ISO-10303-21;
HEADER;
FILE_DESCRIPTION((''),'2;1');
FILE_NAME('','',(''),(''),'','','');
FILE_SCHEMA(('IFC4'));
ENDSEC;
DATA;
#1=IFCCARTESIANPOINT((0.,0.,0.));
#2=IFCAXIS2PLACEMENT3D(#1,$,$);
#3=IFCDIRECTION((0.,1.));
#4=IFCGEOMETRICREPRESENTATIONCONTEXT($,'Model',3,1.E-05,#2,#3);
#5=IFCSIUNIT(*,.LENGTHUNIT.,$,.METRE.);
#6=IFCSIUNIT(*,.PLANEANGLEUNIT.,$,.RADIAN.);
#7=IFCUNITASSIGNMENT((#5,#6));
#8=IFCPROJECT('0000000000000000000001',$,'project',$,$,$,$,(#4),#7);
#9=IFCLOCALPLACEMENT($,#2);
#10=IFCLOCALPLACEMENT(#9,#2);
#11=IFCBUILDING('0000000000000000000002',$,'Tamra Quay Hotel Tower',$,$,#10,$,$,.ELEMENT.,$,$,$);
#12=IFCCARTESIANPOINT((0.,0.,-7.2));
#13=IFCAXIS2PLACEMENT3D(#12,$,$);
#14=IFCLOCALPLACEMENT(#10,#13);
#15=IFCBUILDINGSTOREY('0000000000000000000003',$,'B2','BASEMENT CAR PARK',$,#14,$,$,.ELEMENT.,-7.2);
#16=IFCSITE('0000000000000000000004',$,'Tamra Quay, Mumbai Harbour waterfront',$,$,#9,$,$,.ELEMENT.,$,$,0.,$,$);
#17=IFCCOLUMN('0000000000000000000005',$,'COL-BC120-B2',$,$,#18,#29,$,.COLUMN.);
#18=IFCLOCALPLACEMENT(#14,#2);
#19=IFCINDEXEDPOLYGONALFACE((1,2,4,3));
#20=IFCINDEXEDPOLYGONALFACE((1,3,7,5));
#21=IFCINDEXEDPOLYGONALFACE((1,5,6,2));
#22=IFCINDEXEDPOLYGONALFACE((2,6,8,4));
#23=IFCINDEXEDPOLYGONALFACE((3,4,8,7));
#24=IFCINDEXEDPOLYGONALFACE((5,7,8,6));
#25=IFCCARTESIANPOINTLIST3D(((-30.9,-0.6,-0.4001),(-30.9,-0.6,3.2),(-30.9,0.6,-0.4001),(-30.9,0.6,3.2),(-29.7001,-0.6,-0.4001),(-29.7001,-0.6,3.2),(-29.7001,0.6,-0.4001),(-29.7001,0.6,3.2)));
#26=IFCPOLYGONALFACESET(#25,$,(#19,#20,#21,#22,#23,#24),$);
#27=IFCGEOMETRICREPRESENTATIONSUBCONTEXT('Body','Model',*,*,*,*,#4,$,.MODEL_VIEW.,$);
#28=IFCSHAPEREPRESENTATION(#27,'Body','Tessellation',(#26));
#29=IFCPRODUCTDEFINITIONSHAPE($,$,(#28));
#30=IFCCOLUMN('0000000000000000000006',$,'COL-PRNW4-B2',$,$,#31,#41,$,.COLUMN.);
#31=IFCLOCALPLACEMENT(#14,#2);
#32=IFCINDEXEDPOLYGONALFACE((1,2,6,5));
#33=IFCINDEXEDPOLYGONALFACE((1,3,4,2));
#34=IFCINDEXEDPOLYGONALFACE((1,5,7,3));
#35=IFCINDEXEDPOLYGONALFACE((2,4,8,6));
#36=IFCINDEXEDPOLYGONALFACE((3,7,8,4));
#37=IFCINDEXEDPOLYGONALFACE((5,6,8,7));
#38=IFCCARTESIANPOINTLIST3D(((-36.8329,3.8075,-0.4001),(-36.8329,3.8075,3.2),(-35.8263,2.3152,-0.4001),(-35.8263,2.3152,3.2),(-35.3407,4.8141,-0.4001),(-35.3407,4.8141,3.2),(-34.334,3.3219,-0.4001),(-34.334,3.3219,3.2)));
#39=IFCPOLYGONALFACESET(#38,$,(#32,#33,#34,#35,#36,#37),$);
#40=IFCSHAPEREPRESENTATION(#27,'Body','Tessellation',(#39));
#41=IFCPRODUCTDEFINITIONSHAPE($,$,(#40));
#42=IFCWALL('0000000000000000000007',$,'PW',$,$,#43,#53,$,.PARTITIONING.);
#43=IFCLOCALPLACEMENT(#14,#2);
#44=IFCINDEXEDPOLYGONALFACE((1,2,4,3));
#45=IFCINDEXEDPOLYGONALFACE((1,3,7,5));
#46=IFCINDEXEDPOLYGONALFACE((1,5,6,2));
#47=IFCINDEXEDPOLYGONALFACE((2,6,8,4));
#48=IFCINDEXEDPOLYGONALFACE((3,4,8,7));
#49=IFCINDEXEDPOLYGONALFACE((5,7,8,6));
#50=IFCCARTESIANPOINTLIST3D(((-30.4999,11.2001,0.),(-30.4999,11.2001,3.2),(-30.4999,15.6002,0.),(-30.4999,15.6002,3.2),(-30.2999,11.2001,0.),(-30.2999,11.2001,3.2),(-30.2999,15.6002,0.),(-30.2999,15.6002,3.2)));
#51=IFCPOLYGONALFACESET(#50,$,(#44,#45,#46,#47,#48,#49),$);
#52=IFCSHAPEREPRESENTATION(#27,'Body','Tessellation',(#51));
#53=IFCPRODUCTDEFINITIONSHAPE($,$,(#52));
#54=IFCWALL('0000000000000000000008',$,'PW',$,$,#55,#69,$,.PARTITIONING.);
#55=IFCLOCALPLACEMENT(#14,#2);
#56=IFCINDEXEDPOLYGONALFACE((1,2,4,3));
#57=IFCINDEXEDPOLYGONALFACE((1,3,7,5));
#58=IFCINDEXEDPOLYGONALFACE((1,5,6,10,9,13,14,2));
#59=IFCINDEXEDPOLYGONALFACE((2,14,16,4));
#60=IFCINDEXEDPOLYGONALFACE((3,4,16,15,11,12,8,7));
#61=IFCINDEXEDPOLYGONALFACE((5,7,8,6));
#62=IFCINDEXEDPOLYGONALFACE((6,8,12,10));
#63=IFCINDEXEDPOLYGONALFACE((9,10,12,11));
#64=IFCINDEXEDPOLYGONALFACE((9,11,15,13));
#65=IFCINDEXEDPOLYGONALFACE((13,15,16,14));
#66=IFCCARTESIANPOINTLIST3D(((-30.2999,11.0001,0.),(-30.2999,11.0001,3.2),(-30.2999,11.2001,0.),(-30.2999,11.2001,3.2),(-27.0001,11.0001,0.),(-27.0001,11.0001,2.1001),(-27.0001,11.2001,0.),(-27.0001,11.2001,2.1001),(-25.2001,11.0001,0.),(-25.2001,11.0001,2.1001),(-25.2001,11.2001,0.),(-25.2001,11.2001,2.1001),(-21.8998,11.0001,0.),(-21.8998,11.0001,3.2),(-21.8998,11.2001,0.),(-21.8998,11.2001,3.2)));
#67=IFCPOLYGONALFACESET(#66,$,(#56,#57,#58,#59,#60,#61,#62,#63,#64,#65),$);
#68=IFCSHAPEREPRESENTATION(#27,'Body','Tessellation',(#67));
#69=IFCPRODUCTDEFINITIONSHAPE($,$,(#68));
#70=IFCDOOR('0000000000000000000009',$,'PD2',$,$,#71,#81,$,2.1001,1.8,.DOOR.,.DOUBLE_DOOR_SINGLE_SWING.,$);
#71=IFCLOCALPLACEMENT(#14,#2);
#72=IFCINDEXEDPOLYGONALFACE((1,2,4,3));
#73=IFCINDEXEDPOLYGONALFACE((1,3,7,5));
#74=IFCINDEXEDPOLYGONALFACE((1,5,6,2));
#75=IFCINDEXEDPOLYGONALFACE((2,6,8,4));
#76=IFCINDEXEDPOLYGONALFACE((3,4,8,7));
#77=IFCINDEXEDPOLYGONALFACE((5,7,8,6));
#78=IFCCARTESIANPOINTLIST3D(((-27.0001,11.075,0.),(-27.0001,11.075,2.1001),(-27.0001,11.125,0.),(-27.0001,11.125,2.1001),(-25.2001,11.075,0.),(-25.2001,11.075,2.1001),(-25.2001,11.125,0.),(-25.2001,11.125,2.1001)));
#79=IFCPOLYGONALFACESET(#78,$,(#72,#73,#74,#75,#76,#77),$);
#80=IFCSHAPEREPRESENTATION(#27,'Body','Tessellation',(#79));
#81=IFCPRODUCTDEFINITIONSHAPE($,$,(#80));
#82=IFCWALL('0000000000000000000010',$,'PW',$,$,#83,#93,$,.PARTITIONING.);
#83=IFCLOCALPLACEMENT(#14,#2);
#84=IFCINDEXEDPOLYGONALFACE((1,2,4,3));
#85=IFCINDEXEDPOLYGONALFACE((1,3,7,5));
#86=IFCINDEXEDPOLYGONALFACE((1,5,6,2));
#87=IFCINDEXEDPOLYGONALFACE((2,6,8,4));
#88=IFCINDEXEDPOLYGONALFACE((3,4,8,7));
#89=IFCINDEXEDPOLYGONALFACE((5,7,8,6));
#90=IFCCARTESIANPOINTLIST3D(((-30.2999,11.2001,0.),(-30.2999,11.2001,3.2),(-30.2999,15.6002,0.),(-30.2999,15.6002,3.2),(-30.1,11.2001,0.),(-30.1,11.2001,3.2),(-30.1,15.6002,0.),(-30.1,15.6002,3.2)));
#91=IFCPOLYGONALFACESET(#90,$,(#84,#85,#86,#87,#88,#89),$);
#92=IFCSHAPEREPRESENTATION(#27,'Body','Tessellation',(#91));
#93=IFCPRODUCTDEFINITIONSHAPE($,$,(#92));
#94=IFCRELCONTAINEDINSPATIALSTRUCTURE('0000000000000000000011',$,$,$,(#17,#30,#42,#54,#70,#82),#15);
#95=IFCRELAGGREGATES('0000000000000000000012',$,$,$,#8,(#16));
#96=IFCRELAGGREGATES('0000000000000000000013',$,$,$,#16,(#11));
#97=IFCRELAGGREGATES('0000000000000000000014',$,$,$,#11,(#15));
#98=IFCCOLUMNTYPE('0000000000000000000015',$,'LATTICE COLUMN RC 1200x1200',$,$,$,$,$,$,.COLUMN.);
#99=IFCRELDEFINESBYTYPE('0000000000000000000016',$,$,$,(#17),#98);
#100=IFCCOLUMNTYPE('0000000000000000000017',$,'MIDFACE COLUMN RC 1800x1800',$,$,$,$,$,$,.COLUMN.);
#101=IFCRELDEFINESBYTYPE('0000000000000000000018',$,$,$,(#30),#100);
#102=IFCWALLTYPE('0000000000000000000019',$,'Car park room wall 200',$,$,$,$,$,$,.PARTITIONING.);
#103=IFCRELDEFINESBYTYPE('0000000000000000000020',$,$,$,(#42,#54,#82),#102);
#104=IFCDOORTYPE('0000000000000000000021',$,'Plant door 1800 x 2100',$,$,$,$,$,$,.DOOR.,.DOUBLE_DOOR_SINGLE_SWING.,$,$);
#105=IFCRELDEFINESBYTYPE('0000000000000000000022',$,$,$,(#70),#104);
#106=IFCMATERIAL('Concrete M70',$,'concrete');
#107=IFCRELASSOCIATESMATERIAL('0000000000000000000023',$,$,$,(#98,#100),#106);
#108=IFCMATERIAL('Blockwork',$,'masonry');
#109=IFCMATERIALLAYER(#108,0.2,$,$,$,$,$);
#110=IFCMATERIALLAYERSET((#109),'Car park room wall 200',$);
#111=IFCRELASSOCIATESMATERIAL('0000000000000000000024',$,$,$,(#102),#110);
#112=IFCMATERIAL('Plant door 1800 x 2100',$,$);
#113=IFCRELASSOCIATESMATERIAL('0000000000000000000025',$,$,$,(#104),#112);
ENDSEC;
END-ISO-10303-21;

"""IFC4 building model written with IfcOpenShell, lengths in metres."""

from ifc_helpers import new_model, si_unit, direction, frame, frame_2d, origin, origin_2d, place, context, subcontext, project, spatial, rectangle, extrude, material, layer, layer_set, material_profile, profile_set, type_object, element, fill, save


model = new_model("IFC4")

# Units and contexts
model_context = context("Model", 3, precision=1e-05, world=origin(), true_north=direction((0.0, 1.0)))
body_context = subcontext(model_context, "Body", "Model", "MODEL_VIEW")
ifc_project = project(units=[si_unit("LENGTHUNIT", "METRE"), si_unit("PLANEANGLEUNIT", "RADIAN")], contexts=[model_context])

# Site, building, storey
site_placement = place(None, origin())
site = spatial("IfcSite", under=ifc_project, at=site_placement, Name="Tamra Quay, Mumbai Harbour waterfront", CompositionType="ELEMENT", RefElevation=0.0)
building_placement = place(site_placement, origin())
building = spatial("IfcBuilding", under=site, at=building_placement, Name="Tamra Quay Hotel Tower", CompositionType="ELEMENT")
storey_placement = place(building_placement, frame((0.0, 0.0, -7.2)))
storey = spatial("IfcBuildingStorey", under=building, at=storey_placement, Name="B2", Description="BASEMENT CAR PARK", CompositionType="ELEMENT", Elevation=-7.2)

# Columns
ifc_material_1 = material(Name="Concrete M70", Category="concrete")
ifc_material_profile_1 = material_profile(ifc_material_1, rectangle(XDim=1.2, YDim=1.2, at=origin_2d()), Name="LATTICE COLUMN RC 1200x1200")
ifc_profile_set_1 = profile_set([ifc_material_profile_1], Name="Concrete M70")
column_type_1 = type_object("IfcColumnType", Name="LATTICE COLUMN RC 1200x1200", PredefinedType="COLUMN", material=ifc_profile_set_1)
column_1_placement = place(storey_placement, frame((-30.3, 0.0, -0.4001), z_axis=(0.0, 0.0, 1.0), x_axis=(1.0, 0.0, 0.0)))
element("IfcColumn", 1, at=column_1_placement, inside=storey, type_object=column_type_1, Name="COL-BC120-B2", PredefinedType="COLUMN", context=body_context, shape_type="SweptSolid", body=[
    extrude(rectangle(XDim=1.2, YDim=1.2, at=origin_2d()), origin(), (0.0, 0.0, 1.0), 3.6001),
])
ifc_material_profile_2 = material_profile(ifc_material_1, rectangle(XDim=1.8, YDim=1.8, at=origin_2d()), Name="MIDFACE COLUMN RC 1800x1800")
ifc_profile_set_2 = profile_set([ifc_material_profile_2], Name="Concrete M70")
column_type_2 = type_object("IfcColumnType", Name="MIDFACE COLUMN RC 1800x1800", PredefinedType="COLUMN", material=ifc_profile_set_2)
column_2_placement = place(storey_placement, frame((-35.5835, 3.5647, -0.4001), z_axis=(0.0, 0.0, 1.0), x_axis=(-0.55922, 0.829019, 0.0)))
element("IfcColumn", 2, at=column_2_placement, inside=storey, type_object=column_type_2, Name="COL-PRNW4-B2", PredefinedType="COLUMN", context=body_context, shape_type="SweptSolid", body=[
    extrude(rectangle(XDim=1.8, YDim=1.8, at=origin_2d()), origin(), (0.0, 0.0, 1.0), 3.6001),
])

# Wall
ifc_material_2 = material(Name="Blockwork", Category="masonry")
ifc_layer_1 = layer(ifc_material_2, 0.2)
ifc_layer_set_1 = layer_set([ifc_layer_1], Name="Car park room wall 200")
wall_type_1 = type_object("IfcWallType", Name="Car park room wall 200", PredefinedType="PARTITIONING", material=ifc_layer_set_1)
wall_1_placement = place(storey_placement, frame((-30.3999, 11.2, 0.0), z_axis=(0.0, 0.0, 1.0), x_axis=(0.0, 1.0, 0.0)))
element("IfcWall", 3, at=wall_1_placement, inside=storey, type_object=wall_type_1, Name="PW", PredefinedType="PARTITIONING", context=body_context, shape_type="SweptSolid", body=[
    extrude(rectangle(XDim=4.4001, YDim=0.2, at=frame_2d((2.2002, 0.0))), origin(), (0.0, 0.0, 1.0), 3.2),
])

# Wall, opening, door
wall_2_placement = place(storey_placement, frame((-30.3, 11.1001, 0.0), z_axis=(0.0, 0.0, 1.0), x_axis=(1.0, 0.0, 0.0)))
wall_2 = element("IfcWall", 4, at=wall_2_placement, inside=storey, type_object=wall_type_1, Name="PW", PredefinedType="PARTITIONING", context=body_context, shape_type="SweptSolid", body=[
    extrude(rectangle(XDim=8.4001, YDim=0.2, at=frame_2d((4.2002, 0.0))), origin(), (0.0, 0.0, 1.0), 3.2),
])
opening_1_placement = place(wall_2_placement, frame((3.3, 0.0, 0.0)))
opening_1 = element("IfcOpeningElement", 5, at=opening_1_placement, cuts=wall_2, PredefinedType="OPENING", context=body_context, shape_type="SweptSolid", body=[
    extrude(rectangle(XDim=1.8, YDim=2.1001, at=frame_2d((0.8999, 1.05))), frame((0.0, 0.1099, 0.0), z_axis=(0.0, -1.0, 0.0), x_axis=(1.0, 0.0, 0.0)), (0.0, 0.0, 1.0), 0.22),
])
ifc_material_3 = material(Name="Plant door 1800 x 2100")
door_type_1 = type_object("IfcDoorType", Name="Plant door 1800 x 2100", OperationType="DOUBLE_DOOR_SINGLE_SWING", PredefinedType="DOOR", material=ifc_material_3)
door_1_placement = place(opening_1_placement, origin())
door_1 = element("IfcDoor", 6, at=door_1_placement, inside=storey, type_object=door_type_1, Name="PD2", OperationType="DOUBLE_DOOR_SINGLE_SWING", OverallHeight=2.1001, OverallWidth=1.8, PredefinedType="DOOR", context=body_context, shape_type="SweptSolid", body=[
    extrude(rectangle(XDim=1.8, YDim=2.1001, at=frame_2d((0.8999, 1.05))), frame((0.0, 0.0249, 0.0), z_axis=(0.0, -1.0, 0.0), x_axis=(1.0, 0.0, 0.0)), (0.0, 0.0, 1.0), 0.05),
])
fill(opening_1, door_1)

# Wall
wall_3_placement = place(storey_placement, frame((-30.2, 11.2, 0.0), z_axis=(0.0, 0.0, 1.0), x_axis=(0.0, 1.0, 0.0)))
element("IfcWall", 7, at=wall_3_placement, inside=storey, type_object=wall_type_1, Name="PW", PredefinedType="PARTITIONING", context=body_context, shape_type="SweptSolid", body=[
    extrude(rectangle(XDim=4.4001, YDim=0.2, at=frame_2d((2.2002, 0.0))), origin(), (0.0, 0.0, 1.0), 3.2),
])

save(model, "model.ifc")
